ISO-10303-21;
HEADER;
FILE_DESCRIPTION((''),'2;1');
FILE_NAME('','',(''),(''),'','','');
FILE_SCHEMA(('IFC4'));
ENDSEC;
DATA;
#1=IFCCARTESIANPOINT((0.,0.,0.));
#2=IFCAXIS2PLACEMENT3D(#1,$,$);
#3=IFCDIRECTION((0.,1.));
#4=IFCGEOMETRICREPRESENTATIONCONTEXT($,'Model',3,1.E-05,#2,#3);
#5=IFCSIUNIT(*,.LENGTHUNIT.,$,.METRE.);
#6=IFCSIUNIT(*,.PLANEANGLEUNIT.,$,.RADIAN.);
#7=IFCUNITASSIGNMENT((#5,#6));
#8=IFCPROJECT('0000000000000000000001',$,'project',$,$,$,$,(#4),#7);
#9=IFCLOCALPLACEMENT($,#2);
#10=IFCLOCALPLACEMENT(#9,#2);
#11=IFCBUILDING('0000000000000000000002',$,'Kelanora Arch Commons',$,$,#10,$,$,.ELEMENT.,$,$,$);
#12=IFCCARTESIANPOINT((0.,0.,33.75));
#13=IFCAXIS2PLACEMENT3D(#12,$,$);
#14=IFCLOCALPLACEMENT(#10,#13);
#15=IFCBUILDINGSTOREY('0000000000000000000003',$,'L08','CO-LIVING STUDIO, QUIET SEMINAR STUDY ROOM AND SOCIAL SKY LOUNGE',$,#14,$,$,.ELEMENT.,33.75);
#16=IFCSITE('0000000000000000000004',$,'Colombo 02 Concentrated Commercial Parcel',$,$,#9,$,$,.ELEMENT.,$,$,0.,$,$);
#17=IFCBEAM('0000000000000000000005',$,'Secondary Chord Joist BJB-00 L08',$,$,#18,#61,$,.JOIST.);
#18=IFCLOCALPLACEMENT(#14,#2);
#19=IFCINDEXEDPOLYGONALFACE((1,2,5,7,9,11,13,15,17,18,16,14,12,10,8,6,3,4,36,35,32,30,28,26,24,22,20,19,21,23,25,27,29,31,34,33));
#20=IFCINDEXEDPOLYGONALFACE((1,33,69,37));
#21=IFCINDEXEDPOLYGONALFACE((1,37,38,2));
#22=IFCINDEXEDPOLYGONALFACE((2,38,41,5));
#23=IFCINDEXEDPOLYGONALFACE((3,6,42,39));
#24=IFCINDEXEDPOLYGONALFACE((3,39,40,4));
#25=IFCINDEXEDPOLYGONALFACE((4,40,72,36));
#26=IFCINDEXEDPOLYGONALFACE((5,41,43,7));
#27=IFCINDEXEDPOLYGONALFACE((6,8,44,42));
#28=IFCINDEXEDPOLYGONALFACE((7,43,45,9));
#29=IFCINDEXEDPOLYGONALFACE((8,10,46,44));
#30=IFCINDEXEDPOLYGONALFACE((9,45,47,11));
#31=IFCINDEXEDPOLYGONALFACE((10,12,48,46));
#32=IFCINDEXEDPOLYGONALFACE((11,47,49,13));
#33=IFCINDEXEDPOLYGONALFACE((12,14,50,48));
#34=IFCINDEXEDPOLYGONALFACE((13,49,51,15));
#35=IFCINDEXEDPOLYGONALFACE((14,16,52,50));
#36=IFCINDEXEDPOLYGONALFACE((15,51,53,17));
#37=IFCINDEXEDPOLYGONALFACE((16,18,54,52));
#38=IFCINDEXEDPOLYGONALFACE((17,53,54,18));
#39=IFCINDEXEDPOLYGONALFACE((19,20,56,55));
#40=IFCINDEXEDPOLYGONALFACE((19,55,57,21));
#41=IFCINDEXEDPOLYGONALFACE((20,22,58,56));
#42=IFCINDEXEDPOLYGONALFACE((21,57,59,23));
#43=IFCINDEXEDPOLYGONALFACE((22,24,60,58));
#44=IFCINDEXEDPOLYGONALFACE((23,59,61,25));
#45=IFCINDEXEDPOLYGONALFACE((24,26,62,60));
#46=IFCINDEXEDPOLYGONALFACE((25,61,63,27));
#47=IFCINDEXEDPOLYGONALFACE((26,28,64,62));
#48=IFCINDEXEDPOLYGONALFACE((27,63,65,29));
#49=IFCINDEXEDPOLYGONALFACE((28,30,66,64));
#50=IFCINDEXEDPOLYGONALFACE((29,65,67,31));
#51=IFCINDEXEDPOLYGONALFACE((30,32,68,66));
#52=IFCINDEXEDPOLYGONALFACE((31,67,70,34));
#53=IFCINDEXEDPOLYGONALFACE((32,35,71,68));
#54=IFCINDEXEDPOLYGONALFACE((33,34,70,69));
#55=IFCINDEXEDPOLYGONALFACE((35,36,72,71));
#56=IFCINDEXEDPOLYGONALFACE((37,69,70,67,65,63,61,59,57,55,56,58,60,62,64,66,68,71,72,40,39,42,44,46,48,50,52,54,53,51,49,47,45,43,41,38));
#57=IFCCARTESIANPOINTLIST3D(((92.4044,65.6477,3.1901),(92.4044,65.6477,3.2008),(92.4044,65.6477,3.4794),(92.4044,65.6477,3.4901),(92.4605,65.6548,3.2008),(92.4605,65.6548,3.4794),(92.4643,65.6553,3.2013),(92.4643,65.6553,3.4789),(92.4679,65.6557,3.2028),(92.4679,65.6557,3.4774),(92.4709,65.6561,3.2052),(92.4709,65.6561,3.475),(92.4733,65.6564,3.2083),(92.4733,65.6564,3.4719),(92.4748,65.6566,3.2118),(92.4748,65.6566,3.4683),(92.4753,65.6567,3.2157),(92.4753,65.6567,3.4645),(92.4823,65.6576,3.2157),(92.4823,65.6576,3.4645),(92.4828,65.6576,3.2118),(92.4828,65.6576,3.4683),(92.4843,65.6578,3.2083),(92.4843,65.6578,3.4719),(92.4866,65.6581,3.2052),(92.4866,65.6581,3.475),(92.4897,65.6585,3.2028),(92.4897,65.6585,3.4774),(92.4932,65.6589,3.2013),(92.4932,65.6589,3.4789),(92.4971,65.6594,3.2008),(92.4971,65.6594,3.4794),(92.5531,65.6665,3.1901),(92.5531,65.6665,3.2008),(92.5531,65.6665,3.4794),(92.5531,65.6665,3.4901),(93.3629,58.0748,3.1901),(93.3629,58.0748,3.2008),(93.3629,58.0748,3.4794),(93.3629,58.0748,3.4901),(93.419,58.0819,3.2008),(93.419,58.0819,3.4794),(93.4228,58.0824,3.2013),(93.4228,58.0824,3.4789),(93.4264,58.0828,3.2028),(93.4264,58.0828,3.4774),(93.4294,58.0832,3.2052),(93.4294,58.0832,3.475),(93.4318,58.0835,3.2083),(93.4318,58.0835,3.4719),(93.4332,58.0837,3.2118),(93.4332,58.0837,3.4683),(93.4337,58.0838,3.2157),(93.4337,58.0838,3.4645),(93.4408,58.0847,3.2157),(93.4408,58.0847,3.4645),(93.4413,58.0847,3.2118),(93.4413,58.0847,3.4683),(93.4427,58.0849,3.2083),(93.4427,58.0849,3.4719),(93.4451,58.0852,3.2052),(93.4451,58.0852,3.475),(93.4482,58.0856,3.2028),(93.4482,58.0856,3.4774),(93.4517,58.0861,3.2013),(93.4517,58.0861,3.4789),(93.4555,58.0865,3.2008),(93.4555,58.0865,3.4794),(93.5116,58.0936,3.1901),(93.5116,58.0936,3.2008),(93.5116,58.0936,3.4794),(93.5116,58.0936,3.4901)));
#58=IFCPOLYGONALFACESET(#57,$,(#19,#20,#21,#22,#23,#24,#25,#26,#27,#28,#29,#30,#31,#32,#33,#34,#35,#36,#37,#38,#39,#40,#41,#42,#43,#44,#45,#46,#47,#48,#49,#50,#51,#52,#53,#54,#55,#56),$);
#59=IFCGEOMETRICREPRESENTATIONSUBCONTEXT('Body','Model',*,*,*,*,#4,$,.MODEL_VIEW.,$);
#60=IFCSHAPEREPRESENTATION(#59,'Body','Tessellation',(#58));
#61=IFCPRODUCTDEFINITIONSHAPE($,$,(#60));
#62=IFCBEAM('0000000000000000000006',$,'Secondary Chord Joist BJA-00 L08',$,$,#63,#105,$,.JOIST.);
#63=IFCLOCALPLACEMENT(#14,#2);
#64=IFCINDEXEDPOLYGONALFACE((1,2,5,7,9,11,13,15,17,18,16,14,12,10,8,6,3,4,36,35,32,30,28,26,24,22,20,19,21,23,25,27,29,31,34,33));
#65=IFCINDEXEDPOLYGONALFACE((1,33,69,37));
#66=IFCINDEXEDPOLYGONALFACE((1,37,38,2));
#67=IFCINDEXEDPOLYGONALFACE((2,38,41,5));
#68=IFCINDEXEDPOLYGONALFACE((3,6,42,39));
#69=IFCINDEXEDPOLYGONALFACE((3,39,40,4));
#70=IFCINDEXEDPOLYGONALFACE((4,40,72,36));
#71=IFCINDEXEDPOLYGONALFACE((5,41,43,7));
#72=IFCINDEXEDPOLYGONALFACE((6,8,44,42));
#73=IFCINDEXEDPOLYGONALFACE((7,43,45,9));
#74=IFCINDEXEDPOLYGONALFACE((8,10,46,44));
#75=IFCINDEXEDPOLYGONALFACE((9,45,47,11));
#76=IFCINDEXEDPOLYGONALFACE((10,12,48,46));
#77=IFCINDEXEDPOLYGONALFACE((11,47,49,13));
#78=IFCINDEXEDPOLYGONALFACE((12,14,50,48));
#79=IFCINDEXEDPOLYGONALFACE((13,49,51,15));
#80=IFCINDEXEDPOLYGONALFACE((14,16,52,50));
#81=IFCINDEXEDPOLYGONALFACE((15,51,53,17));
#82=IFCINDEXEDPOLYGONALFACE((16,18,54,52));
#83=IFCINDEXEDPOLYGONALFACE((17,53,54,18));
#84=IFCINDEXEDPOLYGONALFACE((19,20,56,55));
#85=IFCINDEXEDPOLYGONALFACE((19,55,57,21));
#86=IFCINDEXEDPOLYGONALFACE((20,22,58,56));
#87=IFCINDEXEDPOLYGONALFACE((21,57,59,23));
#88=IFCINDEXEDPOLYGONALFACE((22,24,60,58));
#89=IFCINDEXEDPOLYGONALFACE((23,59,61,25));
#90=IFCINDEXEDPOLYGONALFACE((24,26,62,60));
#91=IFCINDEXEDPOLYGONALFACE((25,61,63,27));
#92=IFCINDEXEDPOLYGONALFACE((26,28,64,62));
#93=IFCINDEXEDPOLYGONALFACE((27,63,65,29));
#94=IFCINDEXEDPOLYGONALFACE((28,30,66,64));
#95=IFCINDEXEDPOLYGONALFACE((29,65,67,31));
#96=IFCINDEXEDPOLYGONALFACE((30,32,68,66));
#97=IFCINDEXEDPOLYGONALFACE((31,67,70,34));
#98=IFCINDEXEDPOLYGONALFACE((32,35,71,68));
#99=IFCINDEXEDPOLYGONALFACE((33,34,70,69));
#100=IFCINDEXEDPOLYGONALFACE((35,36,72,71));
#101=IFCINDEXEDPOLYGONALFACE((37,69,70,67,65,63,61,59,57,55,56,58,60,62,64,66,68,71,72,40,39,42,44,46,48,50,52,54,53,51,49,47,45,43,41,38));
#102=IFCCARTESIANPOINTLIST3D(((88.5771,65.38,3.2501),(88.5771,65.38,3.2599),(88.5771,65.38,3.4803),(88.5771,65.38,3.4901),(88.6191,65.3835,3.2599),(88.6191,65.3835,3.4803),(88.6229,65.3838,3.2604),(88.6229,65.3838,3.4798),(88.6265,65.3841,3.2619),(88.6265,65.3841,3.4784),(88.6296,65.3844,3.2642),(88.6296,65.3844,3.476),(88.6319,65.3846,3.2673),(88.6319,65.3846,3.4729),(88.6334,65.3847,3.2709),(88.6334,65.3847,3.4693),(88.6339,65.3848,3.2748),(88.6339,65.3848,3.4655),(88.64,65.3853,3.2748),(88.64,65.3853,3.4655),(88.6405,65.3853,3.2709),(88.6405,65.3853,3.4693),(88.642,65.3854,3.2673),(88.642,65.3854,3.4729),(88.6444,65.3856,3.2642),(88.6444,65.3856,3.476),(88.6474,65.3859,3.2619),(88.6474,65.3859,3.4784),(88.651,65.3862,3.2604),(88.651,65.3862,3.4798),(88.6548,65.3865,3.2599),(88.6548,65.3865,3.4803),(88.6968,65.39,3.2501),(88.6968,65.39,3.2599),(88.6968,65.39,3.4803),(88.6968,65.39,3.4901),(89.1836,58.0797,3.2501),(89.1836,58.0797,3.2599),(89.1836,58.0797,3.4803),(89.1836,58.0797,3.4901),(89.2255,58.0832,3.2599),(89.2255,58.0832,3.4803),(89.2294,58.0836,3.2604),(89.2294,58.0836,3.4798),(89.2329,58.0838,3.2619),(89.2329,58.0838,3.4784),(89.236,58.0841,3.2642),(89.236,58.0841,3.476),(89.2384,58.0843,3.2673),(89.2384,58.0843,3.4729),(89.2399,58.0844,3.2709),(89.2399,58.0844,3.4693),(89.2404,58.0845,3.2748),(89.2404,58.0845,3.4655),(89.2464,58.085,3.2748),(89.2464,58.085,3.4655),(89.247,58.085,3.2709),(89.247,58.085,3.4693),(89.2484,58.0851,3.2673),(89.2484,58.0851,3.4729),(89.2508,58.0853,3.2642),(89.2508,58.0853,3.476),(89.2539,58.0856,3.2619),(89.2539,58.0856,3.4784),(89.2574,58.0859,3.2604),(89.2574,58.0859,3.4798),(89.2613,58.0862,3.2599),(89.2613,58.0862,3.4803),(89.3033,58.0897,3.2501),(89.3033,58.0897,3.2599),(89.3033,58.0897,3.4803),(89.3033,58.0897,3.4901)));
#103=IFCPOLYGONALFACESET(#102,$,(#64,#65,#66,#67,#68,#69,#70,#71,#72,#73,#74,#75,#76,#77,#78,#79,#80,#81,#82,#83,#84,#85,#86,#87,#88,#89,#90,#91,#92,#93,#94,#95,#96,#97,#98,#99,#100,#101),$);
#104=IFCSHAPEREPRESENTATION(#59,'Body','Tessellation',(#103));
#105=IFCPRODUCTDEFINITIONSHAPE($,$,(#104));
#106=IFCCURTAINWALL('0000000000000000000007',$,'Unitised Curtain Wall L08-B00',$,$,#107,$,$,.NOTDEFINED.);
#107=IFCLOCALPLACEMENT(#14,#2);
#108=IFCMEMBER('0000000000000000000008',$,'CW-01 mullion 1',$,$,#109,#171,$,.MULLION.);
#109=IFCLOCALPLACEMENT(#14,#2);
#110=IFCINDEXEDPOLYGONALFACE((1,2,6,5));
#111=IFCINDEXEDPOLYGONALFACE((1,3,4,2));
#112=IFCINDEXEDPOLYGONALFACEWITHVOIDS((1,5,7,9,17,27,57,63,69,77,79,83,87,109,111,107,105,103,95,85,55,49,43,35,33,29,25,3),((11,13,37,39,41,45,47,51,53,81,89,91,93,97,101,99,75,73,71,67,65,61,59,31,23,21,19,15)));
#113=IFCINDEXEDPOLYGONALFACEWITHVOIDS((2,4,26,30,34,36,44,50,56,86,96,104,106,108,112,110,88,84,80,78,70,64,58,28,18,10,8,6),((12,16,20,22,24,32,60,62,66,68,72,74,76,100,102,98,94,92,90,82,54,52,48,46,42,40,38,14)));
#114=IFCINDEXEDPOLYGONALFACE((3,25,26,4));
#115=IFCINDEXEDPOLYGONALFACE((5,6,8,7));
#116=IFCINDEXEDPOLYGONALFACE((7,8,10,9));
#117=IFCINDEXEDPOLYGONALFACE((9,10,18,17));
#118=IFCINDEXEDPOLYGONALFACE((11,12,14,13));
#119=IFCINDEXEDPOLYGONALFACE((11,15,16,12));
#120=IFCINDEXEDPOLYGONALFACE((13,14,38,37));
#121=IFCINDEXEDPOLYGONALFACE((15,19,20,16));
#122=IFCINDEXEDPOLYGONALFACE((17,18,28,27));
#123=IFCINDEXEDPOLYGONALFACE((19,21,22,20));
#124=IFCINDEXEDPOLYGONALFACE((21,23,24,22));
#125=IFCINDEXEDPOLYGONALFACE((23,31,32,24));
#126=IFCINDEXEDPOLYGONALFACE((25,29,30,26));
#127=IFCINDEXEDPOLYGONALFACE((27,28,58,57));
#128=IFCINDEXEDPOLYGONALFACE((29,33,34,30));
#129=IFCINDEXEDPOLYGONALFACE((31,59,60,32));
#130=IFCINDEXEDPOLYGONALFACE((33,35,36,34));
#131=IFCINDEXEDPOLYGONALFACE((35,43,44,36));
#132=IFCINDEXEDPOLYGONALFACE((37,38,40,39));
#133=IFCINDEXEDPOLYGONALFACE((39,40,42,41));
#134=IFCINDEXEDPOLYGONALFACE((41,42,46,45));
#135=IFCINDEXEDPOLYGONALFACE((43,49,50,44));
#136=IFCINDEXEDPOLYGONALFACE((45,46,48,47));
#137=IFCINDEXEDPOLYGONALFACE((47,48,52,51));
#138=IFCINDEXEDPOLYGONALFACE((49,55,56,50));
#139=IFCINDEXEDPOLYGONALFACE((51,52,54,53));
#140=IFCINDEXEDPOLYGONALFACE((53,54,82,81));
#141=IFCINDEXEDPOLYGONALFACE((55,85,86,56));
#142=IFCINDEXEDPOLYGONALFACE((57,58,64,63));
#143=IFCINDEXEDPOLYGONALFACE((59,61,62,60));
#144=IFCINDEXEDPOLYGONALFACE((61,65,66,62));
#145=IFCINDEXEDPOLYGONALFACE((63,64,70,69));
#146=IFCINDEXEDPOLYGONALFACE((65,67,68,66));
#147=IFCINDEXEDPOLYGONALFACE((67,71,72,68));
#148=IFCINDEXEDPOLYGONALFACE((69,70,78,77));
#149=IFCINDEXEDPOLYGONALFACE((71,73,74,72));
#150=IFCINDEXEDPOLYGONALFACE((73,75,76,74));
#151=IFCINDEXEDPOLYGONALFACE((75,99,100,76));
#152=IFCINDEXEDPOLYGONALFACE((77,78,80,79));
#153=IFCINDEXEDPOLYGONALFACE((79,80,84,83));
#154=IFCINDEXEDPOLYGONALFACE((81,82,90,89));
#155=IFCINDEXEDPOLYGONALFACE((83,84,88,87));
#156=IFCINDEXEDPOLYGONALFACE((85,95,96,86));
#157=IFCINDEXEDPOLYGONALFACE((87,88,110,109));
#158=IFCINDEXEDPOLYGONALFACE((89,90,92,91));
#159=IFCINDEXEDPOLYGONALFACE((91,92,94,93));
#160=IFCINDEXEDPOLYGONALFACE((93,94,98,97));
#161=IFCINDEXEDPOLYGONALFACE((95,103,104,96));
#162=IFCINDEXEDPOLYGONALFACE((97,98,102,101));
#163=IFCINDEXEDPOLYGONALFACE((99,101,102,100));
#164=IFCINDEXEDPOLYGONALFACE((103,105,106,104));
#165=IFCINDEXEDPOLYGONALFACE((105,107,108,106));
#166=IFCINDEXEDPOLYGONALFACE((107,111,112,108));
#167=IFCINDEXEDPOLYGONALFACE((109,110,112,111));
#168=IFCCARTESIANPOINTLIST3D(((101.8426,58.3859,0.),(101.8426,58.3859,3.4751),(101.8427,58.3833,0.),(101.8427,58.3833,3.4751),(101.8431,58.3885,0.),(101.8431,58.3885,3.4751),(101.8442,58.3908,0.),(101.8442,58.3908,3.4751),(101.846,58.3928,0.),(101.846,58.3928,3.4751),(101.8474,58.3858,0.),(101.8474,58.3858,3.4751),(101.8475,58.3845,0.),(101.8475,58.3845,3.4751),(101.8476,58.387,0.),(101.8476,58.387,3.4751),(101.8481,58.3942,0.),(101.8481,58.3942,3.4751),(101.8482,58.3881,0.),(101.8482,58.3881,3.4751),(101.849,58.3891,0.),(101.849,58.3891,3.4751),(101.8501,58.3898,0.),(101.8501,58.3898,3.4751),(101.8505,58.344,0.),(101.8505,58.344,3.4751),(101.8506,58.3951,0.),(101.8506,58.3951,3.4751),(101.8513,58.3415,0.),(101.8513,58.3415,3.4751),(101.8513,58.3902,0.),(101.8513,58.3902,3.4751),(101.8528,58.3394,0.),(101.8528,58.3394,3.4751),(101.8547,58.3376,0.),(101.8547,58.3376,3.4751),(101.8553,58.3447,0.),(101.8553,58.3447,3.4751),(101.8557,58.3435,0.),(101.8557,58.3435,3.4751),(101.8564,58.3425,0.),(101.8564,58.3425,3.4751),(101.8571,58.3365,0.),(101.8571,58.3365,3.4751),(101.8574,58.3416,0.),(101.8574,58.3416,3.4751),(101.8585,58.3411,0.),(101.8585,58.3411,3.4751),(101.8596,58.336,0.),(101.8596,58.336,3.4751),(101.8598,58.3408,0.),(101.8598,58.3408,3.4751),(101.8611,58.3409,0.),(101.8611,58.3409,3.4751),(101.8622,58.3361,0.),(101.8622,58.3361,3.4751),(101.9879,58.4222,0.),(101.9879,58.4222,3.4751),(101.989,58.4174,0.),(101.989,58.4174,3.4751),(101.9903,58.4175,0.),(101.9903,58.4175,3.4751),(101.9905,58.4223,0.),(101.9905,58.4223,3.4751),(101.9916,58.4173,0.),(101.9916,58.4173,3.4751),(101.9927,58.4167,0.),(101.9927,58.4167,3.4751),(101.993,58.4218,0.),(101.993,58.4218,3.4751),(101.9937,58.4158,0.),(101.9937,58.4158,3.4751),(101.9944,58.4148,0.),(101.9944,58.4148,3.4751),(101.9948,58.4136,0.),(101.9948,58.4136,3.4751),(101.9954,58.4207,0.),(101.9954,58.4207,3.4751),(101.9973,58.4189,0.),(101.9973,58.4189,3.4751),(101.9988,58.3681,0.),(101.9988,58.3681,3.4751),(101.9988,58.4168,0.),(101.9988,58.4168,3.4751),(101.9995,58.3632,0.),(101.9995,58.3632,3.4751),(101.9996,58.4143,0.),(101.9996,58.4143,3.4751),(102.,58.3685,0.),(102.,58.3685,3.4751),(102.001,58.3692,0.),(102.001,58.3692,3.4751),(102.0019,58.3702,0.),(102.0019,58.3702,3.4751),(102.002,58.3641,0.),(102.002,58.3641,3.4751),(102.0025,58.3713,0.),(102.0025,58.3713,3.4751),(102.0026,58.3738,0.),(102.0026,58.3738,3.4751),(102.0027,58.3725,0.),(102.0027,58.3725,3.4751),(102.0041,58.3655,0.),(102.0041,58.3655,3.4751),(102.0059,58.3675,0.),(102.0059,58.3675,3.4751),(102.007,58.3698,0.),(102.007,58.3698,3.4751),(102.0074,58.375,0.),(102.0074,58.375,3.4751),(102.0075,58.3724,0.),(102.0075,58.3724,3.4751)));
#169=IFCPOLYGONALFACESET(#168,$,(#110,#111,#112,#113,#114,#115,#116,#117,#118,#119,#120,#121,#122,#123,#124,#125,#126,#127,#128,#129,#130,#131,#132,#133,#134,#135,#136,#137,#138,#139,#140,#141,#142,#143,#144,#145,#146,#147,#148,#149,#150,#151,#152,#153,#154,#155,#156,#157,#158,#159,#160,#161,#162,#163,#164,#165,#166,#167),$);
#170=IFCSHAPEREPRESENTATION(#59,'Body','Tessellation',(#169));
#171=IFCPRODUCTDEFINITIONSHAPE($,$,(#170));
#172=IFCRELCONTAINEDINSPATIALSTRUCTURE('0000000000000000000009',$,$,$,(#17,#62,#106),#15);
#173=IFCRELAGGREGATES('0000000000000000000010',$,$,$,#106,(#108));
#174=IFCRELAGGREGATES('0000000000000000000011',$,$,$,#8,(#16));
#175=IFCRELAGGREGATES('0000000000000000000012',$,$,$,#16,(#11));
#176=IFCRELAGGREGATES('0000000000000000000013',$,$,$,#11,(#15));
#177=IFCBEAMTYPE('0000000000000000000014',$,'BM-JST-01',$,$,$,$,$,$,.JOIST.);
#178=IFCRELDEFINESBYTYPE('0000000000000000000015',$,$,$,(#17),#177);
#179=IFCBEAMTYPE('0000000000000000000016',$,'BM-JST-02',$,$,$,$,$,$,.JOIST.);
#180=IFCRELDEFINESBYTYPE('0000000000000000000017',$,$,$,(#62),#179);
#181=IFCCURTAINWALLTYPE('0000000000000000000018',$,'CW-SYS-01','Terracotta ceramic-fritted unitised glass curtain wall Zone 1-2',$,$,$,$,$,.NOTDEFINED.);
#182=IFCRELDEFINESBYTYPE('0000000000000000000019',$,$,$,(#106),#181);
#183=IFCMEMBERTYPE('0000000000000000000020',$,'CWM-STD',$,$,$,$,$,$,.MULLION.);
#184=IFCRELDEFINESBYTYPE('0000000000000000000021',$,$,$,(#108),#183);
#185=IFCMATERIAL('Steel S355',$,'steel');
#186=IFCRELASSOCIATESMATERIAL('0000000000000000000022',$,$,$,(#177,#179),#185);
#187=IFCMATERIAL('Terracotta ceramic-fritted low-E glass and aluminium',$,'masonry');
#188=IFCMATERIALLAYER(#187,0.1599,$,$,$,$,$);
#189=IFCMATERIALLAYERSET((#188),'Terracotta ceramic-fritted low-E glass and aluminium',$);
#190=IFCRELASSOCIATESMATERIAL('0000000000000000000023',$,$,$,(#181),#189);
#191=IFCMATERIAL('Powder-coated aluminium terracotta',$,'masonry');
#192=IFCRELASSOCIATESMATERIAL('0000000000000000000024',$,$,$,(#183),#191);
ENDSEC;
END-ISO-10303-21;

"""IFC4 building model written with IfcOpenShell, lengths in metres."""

from ifc_helpers import new_model, si_unit, direction, frame, origin, origin_2d, place, context, subcontext, project, spatial, hollow_rectangle, i_section, extrude, material, layer, layer_set, material_profile, profile_set, type_object, element, aggregate, save


model = new_model("IFC4")

# Units and contexts
model_context = context("Model", 3, precision=1e-05, world=origin(), true_north=direction((0.0, 1.0)))
body_context = subcontext(model_context, "Body", "Model", "MODEL_VIEW")
ifc_project = project(units=[si_unit("LENGTHUNIT", "METRE"), si_unit("PLANEANGLEUNIT", "RADIAN")], contexts=[model_context])

# Site, building, storey
site_placement = place(None, origin())
site = spatial("IfcSite", under=ifc_project, at=site_placement, Name="Colombo 02 Concentrated Commercial Parcel", CompositionType="ELEMENT", RefElevation=0.0)
building_placement = place(site_placement, origin())
building = spatial("IfcBuilding", under=site, at=building_placement, Name="Kelanora Arch Commons", CompositionType="ELEMENT")
storey_placement = place(building_placement, frame((0.0, 0.0, 33.75)))
storey = spatial("IfcBuildingStorey", under=building, at=storey_placement, Name="L08", Description="CO-LIVING STUDIO, QUIET SEMINAR STUDY ROOM AND SOCIAL SKY LOUNGE", CompositionType="ELEMENT", Elevation=33.75)

# Beams
ifc_material_1 = material(Name="Steel S355", Category="steel")
ifc_material_profile_1 = material_profile(ifc_material_1, i_section(OverallWidth=0.1499, OverallDepth=0.3, WebThickness=0.0071, FlangeThickness=0.0107, FilletRadius=0.0149, at=origin_2d()), Name="IPE300")
ifc_profile_set_1 = profile_set([ifc_material_profile_1], Name="Steel S355")
beam_type_1 = type_object("IfcBeamType", Name="BM-JST-01", PredefinedType="JOIST", material=ifc_profile_set_1)
beam_1_placement = place(storey_placement, frame((93.4373, 58.0842, 3.3401), z_axis=(-0.125566, 0.992085, 0.0), x_axis=(-0.992085, -0.125566, 0.0)))
element("IfcBeam", 1, at=beam_1_placement, inside=storey, type_object=beam_type_1, Name="Secondary Chord Joist BJB-00 L08", PredefinedType="JOIST", context=body_context, shape_type="SweptSolid", body=[
    extrude(i_section(OverallWidth=0.1499, OverallDepth=0.3, WebThickness=0.0071, FlangeThickness=0.0107, FilletRadius=0.0149, at=origin_2d()), origin(), (0.0, 0.0, 1.0), 7.6333),
])
ifc_material_profile_2 = material_profile(ifc_material_1, i_section(OverallWidth=0.1201, OverallDepth=0.24, WebThickness=0.0061, FlangeThickness=0.0098, FilletRadius=0.0149, at=origin_2d()), Name="IPE240")
ifc_profile_set_2 = profile_set([ifc_material_profile_2], Name="Steel S355")
beam_type_2 = type_object("IfcBeamType", Name="BM-JST-02", PredefinedType="JOIST", material=ifc_profile_set_2)
beam_2_placement = place(storey_placement, frame((89.2434, 58.0847, 3.3701), z_axis=(-0.082786, 0.996567, 0.0), x_axis=(-0.996567, -0.082786, 0.0)))
element("IfcBeam", 2, at=beam_2_placement, inside=storey, type_object=beam_type_2, Name="Secondary Chord Joist BJA-00 L08", PredefinedType="JOIST", context=body_context, shape_type="SweptSolid", body=[
    extrude(i_section(OverallWidth=0.1201, OverallDepth=0.24, WebThickness=0.0061, FlangeThickness=0.0098, FilletRadius=0.0149, at=origin_2d()), origin(), (0.0, 0.0, 1.0), 7.3254),
])

# Curtain wall, member
ifc_material_2 = material(Name="Terracotta ceramic-fritted low-E glass and aluminium", Category="masonry")
ifc_layer_1 = layer(ifc_material_2, 0.1599)
ifc_layer_set_1 = layer_set([ifc_layer_1], Name="Terracotta ceramic-fritted low-E glass and aluminium")
curtain_wall_type = type_object("IfcCurtainWallType", Name="CW-SYS-01", Description="Terracotta ceramic-fritted unitised glass curtain wall Zone 1-2", PredefinedType="NOTDEFINED", material=ifc_layer_set_1)
curtain_wall_placement = place(storey_placement, origin())
curtain_wall = element("IfcCurtainWall", 3, at=curtain_wall_placement, inside=storey, type_object=curtain_wall_type, Name="Unitised Curtain Wall L08-B00", PredefinedType="NOTDEFINED")
ifc_material_3 = material(Name="Powder-coated aluminium terracotta", Category="masonry")
ifc_material_profile_3 = material_profile(ifc_material_3, hollow_rectangle(XDim=0.1599, YDim=0.0601, WallThickness=0.0049, InnerFilletRadius=0.0049, OuterFilletRadius=0.01, at=origin_2d()), Name="CWM160x60")
ifc_profile_set_3 = profile_set([ifc_material_profile_3], Name="Powder-coated aluminium terracotta")
member_type_1 = type_object("IfcMemberType", Name="CWM-STD", PredefinedType="MULLION", material=ifc_profile_set_3)
member_1_placement = place(storey_placement, frame((101.925, 58.3792, 0.0), z_axis=(0.0, 0.0, 1.0), x_axis=(-0.981052, -0.193744, 0.0)))
member_1 = element("IfcMember", 4, at=member_1_placement, type_object=member_type_1, Name="CW-01 mullion 1", PredefinedType="MULLION", context=body_context, shape_type="SweptSolid", body=[
    extrude(hollow_rectangle(XDim=0.1599, YDim=0.0601, WallThickness=0.0049, InnerFilletRadius=0.0049, OuterFilletRadius=0.01, at=origin_2d()), origin(), (0.0, 0.0, 1.0), 3.4751),
])
aggregate(curtain_wall, [member_1])

save(model, "model.ifc")
